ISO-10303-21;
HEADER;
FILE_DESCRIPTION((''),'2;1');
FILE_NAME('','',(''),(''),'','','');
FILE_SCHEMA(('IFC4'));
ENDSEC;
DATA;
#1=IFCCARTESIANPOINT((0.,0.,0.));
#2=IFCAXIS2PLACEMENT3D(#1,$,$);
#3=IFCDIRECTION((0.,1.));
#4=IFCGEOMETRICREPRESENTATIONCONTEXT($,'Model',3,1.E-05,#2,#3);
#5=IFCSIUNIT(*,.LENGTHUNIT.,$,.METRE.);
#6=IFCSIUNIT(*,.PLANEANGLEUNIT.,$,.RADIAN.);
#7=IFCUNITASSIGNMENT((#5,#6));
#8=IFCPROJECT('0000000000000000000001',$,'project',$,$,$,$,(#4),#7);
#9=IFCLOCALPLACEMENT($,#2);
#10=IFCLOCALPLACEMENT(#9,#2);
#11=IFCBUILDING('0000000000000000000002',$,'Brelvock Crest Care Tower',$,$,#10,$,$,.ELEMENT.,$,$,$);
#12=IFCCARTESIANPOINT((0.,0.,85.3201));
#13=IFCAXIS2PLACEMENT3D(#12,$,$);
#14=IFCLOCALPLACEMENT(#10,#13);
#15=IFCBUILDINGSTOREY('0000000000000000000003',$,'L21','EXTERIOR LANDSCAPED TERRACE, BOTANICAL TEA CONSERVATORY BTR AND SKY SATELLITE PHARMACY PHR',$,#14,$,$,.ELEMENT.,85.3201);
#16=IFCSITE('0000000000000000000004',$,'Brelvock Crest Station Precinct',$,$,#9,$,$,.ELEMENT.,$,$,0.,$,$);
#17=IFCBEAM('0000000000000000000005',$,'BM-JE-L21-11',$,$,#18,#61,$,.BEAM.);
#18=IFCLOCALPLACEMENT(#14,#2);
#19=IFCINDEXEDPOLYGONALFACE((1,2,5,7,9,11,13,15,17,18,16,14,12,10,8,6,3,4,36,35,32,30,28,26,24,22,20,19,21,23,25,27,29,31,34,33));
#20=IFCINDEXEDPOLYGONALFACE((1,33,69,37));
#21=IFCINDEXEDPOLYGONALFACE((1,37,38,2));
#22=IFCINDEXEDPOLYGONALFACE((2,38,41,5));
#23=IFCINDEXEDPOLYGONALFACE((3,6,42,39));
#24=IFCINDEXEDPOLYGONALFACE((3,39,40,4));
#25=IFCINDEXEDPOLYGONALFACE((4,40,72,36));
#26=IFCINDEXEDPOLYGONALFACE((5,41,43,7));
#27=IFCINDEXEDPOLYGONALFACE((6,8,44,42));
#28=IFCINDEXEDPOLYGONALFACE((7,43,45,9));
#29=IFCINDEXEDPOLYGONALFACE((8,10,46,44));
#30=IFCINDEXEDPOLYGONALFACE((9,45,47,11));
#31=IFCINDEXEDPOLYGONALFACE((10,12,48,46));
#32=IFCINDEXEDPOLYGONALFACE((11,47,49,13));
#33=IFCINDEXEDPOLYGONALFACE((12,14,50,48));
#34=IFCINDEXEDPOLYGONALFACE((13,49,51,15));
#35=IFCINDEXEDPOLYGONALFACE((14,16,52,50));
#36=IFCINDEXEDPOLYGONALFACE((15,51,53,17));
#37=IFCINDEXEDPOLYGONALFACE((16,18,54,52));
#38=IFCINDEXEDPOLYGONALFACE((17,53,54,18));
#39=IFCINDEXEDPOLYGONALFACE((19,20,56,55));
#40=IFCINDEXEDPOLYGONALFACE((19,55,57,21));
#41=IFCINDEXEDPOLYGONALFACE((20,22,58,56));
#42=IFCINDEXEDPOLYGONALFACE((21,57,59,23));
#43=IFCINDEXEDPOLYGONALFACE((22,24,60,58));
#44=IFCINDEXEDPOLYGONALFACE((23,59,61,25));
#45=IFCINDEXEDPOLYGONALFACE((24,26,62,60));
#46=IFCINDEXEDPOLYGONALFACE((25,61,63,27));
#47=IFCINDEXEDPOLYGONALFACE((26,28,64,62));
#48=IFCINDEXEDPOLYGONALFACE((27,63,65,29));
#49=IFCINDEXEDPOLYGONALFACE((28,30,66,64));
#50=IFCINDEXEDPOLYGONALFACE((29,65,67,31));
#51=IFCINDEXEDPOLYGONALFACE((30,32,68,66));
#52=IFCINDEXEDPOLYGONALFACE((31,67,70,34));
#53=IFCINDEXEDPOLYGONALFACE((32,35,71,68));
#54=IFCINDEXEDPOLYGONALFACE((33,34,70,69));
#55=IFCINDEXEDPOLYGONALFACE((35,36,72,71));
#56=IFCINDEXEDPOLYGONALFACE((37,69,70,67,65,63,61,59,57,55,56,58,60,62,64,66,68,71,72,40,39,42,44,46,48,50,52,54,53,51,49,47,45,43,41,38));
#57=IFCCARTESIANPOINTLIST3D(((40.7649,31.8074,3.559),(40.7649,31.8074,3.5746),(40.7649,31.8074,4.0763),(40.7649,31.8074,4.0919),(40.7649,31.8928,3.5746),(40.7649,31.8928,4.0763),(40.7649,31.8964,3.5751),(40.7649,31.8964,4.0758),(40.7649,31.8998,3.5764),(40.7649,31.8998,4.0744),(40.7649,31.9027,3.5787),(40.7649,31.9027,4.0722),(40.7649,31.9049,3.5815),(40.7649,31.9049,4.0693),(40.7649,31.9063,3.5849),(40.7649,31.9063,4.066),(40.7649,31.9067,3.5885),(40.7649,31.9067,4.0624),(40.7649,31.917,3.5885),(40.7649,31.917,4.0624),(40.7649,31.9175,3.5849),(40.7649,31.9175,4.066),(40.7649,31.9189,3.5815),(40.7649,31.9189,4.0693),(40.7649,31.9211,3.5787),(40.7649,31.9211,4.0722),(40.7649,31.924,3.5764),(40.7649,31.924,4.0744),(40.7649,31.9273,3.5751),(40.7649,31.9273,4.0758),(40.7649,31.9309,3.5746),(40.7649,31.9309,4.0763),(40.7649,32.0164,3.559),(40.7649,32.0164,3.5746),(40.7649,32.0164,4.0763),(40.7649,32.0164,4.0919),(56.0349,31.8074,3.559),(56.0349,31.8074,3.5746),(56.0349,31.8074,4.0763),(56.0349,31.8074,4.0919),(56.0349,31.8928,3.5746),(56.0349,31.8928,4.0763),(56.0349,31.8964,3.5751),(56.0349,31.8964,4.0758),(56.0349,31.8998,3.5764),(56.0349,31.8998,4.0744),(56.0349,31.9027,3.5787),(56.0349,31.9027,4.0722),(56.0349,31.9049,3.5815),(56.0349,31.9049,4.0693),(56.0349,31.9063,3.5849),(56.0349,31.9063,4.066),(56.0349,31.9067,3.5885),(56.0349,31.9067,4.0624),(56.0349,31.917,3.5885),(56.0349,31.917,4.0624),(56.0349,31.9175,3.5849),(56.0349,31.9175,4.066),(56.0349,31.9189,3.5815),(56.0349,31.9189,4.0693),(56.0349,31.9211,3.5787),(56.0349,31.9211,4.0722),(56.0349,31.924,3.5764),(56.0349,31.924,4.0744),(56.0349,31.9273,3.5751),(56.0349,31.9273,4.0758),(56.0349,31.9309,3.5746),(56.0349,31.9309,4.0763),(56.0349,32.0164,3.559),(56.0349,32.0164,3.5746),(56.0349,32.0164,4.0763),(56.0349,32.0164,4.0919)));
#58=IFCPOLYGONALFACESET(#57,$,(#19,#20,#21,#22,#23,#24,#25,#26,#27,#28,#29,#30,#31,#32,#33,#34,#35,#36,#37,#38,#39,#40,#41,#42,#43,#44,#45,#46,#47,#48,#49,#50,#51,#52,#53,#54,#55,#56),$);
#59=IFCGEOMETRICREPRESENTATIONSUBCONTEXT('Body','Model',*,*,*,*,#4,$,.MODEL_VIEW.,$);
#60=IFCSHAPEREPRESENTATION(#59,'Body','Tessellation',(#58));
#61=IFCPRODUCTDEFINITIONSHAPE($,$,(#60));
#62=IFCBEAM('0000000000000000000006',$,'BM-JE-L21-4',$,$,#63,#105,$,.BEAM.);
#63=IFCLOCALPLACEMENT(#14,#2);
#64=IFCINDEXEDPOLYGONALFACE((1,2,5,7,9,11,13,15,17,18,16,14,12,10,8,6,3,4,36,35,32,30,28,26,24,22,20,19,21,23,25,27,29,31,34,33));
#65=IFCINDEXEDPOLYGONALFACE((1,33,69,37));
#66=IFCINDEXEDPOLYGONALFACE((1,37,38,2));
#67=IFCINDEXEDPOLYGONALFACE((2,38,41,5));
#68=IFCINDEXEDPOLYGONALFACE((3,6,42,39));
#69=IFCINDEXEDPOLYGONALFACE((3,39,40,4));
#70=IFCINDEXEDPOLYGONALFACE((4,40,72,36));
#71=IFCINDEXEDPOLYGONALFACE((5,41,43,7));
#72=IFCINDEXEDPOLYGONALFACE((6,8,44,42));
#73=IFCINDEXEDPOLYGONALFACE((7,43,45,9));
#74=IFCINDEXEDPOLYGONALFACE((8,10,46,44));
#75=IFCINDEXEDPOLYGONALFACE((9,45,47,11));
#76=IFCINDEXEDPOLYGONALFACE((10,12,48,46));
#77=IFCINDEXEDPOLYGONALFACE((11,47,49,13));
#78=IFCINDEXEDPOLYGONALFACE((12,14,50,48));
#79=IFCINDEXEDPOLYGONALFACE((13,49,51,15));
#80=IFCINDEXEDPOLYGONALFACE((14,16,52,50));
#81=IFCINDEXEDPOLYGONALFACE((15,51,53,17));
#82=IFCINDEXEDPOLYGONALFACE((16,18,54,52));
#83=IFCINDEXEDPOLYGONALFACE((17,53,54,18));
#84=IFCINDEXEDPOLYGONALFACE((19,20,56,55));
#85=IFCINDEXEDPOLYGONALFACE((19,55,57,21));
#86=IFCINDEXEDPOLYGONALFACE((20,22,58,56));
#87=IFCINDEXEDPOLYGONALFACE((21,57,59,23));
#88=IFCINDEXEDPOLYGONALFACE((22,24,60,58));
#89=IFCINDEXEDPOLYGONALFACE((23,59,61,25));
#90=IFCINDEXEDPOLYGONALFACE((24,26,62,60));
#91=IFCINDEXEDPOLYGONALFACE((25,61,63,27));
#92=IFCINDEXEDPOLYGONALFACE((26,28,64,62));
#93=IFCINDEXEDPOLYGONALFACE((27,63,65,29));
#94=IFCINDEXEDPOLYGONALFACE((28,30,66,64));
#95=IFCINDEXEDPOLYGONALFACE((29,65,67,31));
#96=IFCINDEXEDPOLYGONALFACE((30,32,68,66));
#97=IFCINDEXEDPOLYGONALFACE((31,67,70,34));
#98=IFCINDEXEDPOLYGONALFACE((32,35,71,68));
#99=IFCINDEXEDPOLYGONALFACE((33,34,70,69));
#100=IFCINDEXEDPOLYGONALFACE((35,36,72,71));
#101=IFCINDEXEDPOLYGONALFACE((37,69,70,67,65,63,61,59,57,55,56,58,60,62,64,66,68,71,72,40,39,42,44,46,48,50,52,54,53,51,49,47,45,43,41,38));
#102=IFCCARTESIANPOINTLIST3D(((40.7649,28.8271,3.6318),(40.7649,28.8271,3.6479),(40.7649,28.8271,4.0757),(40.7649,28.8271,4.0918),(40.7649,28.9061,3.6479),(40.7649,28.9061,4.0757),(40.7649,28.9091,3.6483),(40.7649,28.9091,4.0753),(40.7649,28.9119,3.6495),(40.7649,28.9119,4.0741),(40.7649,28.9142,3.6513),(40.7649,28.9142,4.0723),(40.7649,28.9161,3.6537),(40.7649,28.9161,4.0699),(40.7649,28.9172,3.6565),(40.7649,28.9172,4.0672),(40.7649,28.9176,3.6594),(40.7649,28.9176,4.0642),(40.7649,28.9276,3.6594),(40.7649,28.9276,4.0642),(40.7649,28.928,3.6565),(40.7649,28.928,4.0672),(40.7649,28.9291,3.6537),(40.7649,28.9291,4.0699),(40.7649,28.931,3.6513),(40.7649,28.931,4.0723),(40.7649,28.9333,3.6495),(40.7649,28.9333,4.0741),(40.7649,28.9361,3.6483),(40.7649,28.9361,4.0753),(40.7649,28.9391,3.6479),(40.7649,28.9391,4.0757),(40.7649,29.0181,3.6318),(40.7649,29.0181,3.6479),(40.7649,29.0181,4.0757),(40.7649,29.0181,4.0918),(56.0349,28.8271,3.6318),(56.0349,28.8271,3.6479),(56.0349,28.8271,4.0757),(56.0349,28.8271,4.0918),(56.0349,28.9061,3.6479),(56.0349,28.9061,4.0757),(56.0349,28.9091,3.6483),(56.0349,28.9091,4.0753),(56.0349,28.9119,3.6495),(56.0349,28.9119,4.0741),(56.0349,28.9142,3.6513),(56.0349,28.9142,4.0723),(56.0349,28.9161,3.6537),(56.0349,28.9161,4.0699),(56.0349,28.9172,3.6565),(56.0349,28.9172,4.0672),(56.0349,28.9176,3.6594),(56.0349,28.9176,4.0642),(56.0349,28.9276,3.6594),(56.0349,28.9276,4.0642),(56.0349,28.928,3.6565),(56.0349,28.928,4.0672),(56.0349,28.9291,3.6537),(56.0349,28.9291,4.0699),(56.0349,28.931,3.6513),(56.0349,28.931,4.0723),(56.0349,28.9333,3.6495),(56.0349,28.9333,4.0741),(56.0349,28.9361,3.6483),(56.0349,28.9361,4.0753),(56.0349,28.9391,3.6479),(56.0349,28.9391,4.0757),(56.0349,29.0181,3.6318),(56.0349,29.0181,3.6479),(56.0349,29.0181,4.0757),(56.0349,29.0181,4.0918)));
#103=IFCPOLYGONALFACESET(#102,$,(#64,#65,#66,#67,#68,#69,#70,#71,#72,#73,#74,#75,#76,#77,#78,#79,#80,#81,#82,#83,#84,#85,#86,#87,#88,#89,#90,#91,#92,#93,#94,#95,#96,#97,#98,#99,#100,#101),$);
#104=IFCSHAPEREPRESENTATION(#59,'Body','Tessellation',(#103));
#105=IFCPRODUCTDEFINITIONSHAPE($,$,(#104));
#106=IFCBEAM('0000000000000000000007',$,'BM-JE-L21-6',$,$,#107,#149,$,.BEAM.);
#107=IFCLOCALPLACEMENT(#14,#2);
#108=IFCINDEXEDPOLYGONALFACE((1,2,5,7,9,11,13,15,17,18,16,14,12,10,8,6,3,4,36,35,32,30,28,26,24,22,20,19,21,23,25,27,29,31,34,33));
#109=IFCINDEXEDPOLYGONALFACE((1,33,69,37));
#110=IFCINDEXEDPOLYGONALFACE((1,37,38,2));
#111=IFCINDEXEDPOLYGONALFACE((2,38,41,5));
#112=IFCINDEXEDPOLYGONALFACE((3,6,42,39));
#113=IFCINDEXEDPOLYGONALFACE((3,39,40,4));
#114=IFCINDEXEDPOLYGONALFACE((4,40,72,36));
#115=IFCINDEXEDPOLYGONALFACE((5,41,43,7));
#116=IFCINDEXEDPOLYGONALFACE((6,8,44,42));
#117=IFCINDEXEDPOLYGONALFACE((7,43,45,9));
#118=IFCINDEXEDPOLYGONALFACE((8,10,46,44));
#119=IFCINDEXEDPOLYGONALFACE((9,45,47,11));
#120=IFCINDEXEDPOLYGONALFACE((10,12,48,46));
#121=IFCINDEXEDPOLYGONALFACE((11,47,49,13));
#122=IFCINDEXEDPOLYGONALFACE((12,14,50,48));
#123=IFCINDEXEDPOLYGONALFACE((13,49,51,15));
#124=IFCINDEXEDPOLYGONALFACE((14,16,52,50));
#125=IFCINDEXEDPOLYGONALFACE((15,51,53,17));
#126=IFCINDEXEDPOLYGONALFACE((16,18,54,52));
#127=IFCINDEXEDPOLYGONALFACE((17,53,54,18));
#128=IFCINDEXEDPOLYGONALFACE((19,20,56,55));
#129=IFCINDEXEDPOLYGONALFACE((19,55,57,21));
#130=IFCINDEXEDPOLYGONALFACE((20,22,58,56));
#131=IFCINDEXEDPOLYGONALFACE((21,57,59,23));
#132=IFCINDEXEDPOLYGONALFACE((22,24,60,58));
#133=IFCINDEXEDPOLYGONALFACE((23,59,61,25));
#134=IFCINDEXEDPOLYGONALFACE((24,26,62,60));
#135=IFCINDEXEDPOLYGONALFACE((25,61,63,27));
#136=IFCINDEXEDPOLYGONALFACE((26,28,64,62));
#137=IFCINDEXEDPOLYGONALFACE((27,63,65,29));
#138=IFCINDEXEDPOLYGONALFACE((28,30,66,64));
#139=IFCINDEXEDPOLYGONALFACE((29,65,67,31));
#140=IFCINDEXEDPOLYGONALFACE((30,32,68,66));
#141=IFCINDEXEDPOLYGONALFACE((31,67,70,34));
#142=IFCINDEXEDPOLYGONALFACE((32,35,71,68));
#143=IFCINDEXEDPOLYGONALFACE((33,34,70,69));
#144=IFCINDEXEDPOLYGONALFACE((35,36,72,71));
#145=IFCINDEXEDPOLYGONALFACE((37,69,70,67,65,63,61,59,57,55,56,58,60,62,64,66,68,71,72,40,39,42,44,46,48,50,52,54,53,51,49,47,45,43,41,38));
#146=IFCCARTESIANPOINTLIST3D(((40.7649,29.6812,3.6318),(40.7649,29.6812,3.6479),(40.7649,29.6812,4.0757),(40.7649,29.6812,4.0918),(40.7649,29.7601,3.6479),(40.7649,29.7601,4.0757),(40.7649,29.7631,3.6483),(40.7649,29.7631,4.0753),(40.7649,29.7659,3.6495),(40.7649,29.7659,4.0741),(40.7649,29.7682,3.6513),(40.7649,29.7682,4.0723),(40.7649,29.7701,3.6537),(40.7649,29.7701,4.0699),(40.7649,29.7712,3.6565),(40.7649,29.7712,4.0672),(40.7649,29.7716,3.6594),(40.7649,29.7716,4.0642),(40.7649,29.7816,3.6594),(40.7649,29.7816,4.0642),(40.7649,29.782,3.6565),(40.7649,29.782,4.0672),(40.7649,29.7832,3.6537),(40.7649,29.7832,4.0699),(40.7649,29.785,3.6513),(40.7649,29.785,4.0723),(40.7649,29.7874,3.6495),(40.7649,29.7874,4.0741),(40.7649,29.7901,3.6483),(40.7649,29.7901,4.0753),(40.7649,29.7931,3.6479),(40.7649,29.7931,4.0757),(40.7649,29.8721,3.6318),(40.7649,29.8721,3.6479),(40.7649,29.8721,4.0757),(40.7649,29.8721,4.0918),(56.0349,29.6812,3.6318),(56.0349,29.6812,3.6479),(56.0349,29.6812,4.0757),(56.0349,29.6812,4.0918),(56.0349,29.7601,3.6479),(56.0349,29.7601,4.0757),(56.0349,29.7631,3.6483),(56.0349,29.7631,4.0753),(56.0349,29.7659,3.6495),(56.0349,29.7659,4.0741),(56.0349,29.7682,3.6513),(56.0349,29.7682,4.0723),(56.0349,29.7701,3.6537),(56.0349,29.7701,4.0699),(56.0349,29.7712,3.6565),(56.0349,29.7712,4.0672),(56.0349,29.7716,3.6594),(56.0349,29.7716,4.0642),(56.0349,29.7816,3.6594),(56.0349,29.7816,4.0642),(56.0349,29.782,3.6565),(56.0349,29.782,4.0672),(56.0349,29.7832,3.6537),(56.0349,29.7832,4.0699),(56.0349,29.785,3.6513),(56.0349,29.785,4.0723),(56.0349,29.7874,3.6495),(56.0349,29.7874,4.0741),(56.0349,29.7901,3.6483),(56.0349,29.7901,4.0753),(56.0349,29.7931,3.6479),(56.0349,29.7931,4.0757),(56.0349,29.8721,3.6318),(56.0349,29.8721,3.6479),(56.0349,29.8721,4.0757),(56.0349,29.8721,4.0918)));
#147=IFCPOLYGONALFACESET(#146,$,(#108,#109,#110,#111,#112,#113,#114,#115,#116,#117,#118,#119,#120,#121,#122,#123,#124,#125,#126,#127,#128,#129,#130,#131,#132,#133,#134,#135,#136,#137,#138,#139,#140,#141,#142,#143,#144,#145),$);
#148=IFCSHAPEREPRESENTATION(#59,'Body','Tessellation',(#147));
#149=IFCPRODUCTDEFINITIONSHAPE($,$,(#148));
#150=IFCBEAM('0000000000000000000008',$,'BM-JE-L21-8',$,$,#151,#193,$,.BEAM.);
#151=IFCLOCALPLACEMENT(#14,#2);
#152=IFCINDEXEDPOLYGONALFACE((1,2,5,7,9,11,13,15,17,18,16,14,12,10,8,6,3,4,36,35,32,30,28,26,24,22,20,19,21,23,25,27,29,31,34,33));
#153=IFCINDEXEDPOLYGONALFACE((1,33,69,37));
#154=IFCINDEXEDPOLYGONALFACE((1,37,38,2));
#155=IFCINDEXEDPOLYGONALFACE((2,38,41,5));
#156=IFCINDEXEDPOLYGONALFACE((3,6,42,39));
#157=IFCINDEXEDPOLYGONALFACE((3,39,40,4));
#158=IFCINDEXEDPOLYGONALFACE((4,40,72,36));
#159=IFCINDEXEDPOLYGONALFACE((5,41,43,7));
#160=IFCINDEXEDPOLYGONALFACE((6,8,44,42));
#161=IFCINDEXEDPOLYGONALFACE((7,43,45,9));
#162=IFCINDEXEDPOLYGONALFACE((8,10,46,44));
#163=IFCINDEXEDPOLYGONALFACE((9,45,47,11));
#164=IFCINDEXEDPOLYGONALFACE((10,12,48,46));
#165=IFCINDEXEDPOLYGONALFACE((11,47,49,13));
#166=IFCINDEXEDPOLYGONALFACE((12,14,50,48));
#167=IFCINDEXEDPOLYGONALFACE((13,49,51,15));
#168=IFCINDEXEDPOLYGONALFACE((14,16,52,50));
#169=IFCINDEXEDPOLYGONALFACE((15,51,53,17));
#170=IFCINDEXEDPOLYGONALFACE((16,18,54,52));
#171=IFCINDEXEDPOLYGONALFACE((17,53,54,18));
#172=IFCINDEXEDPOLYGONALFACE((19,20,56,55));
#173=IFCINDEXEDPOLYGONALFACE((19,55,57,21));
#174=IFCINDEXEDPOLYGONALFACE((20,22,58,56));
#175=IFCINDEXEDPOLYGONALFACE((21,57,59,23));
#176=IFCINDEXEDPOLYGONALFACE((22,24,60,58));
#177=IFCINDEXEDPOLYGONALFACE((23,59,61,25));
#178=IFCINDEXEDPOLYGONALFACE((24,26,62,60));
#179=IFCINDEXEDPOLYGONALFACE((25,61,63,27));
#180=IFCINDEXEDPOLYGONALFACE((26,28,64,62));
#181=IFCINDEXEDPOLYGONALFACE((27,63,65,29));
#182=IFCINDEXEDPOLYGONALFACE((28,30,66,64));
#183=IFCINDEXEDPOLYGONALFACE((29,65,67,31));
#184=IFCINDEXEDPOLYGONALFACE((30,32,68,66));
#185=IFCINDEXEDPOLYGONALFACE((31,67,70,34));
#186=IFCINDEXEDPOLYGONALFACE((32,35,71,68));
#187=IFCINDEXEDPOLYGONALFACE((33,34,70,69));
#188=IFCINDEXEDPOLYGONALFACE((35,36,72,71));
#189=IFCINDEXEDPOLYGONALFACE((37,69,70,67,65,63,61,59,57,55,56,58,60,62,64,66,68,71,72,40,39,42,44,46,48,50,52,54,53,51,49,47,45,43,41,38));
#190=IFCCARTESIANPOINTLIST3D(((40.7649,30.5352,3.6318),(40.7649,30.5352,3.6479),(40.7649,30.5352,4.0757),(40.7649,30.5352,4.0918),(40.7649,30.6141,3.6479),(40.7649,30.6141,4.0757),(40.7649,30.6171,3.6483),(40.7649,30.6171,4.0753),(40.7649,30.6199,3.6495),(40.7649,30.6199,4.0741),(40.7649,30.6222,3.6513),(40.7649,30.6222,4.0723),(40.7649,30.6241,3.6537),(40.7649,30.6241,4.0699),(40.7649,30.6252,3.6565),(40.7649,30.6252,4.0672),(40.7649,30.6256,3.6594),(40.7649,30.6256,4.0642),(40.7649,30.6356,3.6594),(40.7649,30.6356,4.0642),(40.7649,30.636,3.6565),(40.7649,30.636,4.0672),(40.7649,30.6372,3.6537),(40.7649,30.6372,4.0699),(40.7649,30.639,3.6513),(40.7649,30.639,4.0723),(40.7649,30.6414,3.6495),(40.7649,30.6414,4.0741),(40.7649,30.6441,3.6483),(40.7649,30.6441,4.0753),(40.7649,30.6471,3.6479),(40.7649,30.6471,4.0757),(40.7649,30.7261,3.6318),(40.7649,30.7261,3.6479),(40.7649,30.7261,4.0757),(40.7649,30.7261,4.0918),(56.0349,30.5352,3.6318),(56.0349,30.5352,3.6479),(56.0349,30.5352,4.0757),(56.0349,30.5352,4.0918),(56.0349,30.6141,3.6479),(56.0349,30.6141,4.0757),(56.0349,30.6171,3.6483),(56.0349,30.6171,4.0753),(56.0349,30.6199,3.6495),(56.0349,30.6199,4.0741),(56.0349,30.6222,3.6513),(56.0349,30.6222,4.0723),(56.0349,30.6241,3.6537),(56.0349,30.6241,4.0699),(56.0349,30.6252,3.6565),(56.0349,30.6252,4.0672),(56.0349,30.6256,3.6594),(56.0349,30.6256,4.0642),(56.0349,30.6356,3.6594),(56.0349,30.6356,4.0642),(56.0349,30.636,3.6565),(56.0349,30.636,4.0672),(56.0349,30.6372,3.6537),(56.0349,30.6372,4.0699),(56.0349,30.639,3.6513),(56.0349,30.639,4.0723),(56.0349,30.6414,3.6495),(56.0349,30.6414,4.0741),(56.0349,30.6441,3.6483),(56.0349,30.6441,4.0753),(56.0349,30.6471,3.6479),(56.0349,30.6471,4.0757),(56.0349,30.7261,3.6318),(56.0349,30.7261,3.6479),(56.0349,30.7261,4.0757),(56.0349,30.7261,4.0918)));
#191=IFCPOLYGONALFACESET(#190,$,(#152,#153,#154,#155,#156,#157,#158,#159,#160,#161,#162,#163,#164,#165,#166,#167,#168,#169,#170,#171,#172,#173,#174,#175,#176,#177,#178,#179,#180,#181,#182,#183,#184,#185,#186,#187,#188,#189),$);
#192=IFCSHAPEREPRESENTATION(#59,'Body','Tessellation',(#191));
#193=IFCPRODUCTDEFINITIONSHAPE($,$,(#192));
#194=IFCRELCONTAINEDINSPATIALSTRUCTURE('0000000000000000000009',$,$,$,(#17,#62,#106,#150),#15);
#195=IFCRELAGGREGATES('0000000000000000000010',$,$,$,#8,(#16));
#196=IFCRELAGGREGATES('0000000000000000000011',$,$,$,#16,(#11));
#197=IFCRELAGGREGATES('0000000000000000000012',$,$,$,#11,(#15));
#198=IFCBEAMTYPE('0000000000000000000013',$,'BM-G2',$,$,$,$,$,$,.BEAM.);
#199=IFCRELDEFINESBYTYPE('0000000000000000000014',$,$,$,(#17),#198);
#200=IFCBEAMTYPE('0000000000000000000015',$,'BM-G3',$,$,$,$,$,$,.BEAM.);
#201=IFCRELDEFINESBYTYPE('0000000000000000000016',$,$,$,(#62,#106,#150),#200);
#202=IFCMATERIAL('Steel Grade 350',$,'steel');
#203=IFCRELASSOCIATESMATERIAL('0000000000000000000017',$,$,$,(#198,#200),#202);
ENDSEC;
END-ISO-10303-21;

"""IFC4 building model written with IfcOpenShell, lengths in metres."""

from ifc_helpers import new_model, si_unit, direction, frame, origin, origin_2d, place, context, subcontext, project, spatial, i_section, extrude, source, transform, mapped, material, material_profile, profile_set, type_object, element, save


model = new_model("IFC4")

# Units and contexts
model_context = context("Model", 3, precision=1e-05, world=origin(), true_north=direction((0.0, 1.0)))
body_context = subcontext(model_context, "Body", "Model", "MODEL_VIEW")
ifc_project = project(units=[si_unit("LENGTHUNIT", "METRE"), si_unit("PLANEANGLEUNIT", "RADIAN")], contexts=[model_context])

# Site, building, storey
site_placement = place(None, origin())
site = spatial("IfcSite", under=ifc_project, at=site_placement, Name="Brelvock Crest Station Precinct", CompositionType="ELEMENT", RefElevation=0.0)
building_placement = place(site_placement, origin())
building = spatial("IfcBuilding", under=site, at=building_placement, Name="Brelvock Crest Care Tower", CompositionType="ELEMENT")
storey_placement = place(building_placement, frame((0.0, 0.0, 85.3201)))
storey = spatial("IfcBuildingStorey", under=building, at=storey_placement, Name="L21", Description="EXTERIOR LANDSCAPED TERRACE, BOTANICAL TEA CONSERVATORY BTR AND SKY SATELLITE PHARMACY PHR", CompositionType="ELEMENT", Elevation=85.3201)

# Shared definitions
ifc_material_1 = material(Name="Steel Grade 350", Category="steel")

# Beams
ifc_material_profile_1 = material_profile(ifc_material_1, i_section(OverallWidth=0.209, OverallDepth=0.533, WebThickness=0.0103, FlangeThickness=0.0156, FilletRadius=0.0139, at=origin_2d()), Name="530UB92.4")
ifc_profile_set_1 = profile_set([ifc_material_profile_1], Name="Steel Grade 350")
beam_type_1 = type_object("IfcBeamType", Name="BM-G2", PredefinedType="BEAM", material=ifc_profile_set_1)
shared_shape_1 = source(origin(), body_context, "Body", "SweptSolid", [
    extrude(i_section(OverallWidth=0.209, OverallDepth=0.533, WebThickness=0.0103, FlangeThickness=0.0156, FilletRadius=0.0139, at=origin_2d()), origin(), (0.0, 0.0, 1.0), 15.27),
])
for number, where, z_axis, x_axis, name in (
    (1, (40.7649, 31.9119, 3.8254), (1.0, 0.0, 0.0), (0.0, 1.0, 0.0), "BM-JE-L21-11"),
):
    element("IfcBeam", number, at=place(storey_placement, frame(where, z_axis=z_axis, x_axis=x_axis)), inside=storey, type_object=beam_type_1, Name=name, PredefinedType="BEAM", context=body_context, shape_type="MappedRepresentation", body=[
        mapped(shared_shape_1, transform((0.0, 0.0, 0.0), x_axis=(1.0, 0.0, 0.0), y_axis=(0.0, 1.0, 0.0), z_axis=(0.0, 0.0, 1.0), scale=1.0)),
    ])
ifc_material_profile_2 = material_profile(ifc_material_1, i_section(OverallWidth=0.1909, OverallDepth=0.46, WebThickness=0.01, FlangeThickness=0.0161, FilletRadius=0.0115, at=origin_2d()), Name="460UB82.1")
ifc_profile_set_2 = profile_set([ifc_material_profile_2], Name="Steel Grade 350")
beam_type_2 = type_object("IfcBeamType", Name="BM-G3", PredefinedType="BEAM", material=ifc_profile_set_2)
shared_shape_2 = source(origin(), body_context, "Body", "SweptSolid", [
    extrude(i_section(OverallWidth=0.1909, OverallDepth=0.46, WebThickness=0.01, FlangeThickness=0.0161, FilletRadius=0.0115, at=origin_2d()), origin(), (0.0, 0.0, 1.0), 15.27),
])
for number, where, z_axis, x_axis, name in (
    (2, (40.7649, 28.9226, 3.8618), (1.0, 0.0, 0.0), (0.0, 1.0, 0.0), "BM-JE-L21-4"),
    (3, (40.7649, 29.7766, 3.8618), (1.0, 0.0, 0.0), (0.0, 1.0, 0.0), "BM-JE-L21-6"),
    (4, (40.7649, 30.6306, 3.8618), (1.0, 0.0, 0.0), (0.0, 1.0, 0.0), "BM-JE-L21-8"),
):
    element("IfcBeam", number, at=place(storey_placement, frame(where, z_axis=z_axis, x_axis=x_axis)), inside=storey, type_object=beam_type_2, Name=name, PredefinedType="BEAM", context=body_context, shape_type="MappedRepresentation", body=[
        mapped(shared_shape_2, transform((0.0, 0.0, 0.0), x_axis=(1.0, 0.0, 0.0), y_axis=(0.0, 1.0, 0.0), z_axis=(0.0, 0.0, 1.0), scale=1.0)),
    ])

save(model, "model.ifc")
